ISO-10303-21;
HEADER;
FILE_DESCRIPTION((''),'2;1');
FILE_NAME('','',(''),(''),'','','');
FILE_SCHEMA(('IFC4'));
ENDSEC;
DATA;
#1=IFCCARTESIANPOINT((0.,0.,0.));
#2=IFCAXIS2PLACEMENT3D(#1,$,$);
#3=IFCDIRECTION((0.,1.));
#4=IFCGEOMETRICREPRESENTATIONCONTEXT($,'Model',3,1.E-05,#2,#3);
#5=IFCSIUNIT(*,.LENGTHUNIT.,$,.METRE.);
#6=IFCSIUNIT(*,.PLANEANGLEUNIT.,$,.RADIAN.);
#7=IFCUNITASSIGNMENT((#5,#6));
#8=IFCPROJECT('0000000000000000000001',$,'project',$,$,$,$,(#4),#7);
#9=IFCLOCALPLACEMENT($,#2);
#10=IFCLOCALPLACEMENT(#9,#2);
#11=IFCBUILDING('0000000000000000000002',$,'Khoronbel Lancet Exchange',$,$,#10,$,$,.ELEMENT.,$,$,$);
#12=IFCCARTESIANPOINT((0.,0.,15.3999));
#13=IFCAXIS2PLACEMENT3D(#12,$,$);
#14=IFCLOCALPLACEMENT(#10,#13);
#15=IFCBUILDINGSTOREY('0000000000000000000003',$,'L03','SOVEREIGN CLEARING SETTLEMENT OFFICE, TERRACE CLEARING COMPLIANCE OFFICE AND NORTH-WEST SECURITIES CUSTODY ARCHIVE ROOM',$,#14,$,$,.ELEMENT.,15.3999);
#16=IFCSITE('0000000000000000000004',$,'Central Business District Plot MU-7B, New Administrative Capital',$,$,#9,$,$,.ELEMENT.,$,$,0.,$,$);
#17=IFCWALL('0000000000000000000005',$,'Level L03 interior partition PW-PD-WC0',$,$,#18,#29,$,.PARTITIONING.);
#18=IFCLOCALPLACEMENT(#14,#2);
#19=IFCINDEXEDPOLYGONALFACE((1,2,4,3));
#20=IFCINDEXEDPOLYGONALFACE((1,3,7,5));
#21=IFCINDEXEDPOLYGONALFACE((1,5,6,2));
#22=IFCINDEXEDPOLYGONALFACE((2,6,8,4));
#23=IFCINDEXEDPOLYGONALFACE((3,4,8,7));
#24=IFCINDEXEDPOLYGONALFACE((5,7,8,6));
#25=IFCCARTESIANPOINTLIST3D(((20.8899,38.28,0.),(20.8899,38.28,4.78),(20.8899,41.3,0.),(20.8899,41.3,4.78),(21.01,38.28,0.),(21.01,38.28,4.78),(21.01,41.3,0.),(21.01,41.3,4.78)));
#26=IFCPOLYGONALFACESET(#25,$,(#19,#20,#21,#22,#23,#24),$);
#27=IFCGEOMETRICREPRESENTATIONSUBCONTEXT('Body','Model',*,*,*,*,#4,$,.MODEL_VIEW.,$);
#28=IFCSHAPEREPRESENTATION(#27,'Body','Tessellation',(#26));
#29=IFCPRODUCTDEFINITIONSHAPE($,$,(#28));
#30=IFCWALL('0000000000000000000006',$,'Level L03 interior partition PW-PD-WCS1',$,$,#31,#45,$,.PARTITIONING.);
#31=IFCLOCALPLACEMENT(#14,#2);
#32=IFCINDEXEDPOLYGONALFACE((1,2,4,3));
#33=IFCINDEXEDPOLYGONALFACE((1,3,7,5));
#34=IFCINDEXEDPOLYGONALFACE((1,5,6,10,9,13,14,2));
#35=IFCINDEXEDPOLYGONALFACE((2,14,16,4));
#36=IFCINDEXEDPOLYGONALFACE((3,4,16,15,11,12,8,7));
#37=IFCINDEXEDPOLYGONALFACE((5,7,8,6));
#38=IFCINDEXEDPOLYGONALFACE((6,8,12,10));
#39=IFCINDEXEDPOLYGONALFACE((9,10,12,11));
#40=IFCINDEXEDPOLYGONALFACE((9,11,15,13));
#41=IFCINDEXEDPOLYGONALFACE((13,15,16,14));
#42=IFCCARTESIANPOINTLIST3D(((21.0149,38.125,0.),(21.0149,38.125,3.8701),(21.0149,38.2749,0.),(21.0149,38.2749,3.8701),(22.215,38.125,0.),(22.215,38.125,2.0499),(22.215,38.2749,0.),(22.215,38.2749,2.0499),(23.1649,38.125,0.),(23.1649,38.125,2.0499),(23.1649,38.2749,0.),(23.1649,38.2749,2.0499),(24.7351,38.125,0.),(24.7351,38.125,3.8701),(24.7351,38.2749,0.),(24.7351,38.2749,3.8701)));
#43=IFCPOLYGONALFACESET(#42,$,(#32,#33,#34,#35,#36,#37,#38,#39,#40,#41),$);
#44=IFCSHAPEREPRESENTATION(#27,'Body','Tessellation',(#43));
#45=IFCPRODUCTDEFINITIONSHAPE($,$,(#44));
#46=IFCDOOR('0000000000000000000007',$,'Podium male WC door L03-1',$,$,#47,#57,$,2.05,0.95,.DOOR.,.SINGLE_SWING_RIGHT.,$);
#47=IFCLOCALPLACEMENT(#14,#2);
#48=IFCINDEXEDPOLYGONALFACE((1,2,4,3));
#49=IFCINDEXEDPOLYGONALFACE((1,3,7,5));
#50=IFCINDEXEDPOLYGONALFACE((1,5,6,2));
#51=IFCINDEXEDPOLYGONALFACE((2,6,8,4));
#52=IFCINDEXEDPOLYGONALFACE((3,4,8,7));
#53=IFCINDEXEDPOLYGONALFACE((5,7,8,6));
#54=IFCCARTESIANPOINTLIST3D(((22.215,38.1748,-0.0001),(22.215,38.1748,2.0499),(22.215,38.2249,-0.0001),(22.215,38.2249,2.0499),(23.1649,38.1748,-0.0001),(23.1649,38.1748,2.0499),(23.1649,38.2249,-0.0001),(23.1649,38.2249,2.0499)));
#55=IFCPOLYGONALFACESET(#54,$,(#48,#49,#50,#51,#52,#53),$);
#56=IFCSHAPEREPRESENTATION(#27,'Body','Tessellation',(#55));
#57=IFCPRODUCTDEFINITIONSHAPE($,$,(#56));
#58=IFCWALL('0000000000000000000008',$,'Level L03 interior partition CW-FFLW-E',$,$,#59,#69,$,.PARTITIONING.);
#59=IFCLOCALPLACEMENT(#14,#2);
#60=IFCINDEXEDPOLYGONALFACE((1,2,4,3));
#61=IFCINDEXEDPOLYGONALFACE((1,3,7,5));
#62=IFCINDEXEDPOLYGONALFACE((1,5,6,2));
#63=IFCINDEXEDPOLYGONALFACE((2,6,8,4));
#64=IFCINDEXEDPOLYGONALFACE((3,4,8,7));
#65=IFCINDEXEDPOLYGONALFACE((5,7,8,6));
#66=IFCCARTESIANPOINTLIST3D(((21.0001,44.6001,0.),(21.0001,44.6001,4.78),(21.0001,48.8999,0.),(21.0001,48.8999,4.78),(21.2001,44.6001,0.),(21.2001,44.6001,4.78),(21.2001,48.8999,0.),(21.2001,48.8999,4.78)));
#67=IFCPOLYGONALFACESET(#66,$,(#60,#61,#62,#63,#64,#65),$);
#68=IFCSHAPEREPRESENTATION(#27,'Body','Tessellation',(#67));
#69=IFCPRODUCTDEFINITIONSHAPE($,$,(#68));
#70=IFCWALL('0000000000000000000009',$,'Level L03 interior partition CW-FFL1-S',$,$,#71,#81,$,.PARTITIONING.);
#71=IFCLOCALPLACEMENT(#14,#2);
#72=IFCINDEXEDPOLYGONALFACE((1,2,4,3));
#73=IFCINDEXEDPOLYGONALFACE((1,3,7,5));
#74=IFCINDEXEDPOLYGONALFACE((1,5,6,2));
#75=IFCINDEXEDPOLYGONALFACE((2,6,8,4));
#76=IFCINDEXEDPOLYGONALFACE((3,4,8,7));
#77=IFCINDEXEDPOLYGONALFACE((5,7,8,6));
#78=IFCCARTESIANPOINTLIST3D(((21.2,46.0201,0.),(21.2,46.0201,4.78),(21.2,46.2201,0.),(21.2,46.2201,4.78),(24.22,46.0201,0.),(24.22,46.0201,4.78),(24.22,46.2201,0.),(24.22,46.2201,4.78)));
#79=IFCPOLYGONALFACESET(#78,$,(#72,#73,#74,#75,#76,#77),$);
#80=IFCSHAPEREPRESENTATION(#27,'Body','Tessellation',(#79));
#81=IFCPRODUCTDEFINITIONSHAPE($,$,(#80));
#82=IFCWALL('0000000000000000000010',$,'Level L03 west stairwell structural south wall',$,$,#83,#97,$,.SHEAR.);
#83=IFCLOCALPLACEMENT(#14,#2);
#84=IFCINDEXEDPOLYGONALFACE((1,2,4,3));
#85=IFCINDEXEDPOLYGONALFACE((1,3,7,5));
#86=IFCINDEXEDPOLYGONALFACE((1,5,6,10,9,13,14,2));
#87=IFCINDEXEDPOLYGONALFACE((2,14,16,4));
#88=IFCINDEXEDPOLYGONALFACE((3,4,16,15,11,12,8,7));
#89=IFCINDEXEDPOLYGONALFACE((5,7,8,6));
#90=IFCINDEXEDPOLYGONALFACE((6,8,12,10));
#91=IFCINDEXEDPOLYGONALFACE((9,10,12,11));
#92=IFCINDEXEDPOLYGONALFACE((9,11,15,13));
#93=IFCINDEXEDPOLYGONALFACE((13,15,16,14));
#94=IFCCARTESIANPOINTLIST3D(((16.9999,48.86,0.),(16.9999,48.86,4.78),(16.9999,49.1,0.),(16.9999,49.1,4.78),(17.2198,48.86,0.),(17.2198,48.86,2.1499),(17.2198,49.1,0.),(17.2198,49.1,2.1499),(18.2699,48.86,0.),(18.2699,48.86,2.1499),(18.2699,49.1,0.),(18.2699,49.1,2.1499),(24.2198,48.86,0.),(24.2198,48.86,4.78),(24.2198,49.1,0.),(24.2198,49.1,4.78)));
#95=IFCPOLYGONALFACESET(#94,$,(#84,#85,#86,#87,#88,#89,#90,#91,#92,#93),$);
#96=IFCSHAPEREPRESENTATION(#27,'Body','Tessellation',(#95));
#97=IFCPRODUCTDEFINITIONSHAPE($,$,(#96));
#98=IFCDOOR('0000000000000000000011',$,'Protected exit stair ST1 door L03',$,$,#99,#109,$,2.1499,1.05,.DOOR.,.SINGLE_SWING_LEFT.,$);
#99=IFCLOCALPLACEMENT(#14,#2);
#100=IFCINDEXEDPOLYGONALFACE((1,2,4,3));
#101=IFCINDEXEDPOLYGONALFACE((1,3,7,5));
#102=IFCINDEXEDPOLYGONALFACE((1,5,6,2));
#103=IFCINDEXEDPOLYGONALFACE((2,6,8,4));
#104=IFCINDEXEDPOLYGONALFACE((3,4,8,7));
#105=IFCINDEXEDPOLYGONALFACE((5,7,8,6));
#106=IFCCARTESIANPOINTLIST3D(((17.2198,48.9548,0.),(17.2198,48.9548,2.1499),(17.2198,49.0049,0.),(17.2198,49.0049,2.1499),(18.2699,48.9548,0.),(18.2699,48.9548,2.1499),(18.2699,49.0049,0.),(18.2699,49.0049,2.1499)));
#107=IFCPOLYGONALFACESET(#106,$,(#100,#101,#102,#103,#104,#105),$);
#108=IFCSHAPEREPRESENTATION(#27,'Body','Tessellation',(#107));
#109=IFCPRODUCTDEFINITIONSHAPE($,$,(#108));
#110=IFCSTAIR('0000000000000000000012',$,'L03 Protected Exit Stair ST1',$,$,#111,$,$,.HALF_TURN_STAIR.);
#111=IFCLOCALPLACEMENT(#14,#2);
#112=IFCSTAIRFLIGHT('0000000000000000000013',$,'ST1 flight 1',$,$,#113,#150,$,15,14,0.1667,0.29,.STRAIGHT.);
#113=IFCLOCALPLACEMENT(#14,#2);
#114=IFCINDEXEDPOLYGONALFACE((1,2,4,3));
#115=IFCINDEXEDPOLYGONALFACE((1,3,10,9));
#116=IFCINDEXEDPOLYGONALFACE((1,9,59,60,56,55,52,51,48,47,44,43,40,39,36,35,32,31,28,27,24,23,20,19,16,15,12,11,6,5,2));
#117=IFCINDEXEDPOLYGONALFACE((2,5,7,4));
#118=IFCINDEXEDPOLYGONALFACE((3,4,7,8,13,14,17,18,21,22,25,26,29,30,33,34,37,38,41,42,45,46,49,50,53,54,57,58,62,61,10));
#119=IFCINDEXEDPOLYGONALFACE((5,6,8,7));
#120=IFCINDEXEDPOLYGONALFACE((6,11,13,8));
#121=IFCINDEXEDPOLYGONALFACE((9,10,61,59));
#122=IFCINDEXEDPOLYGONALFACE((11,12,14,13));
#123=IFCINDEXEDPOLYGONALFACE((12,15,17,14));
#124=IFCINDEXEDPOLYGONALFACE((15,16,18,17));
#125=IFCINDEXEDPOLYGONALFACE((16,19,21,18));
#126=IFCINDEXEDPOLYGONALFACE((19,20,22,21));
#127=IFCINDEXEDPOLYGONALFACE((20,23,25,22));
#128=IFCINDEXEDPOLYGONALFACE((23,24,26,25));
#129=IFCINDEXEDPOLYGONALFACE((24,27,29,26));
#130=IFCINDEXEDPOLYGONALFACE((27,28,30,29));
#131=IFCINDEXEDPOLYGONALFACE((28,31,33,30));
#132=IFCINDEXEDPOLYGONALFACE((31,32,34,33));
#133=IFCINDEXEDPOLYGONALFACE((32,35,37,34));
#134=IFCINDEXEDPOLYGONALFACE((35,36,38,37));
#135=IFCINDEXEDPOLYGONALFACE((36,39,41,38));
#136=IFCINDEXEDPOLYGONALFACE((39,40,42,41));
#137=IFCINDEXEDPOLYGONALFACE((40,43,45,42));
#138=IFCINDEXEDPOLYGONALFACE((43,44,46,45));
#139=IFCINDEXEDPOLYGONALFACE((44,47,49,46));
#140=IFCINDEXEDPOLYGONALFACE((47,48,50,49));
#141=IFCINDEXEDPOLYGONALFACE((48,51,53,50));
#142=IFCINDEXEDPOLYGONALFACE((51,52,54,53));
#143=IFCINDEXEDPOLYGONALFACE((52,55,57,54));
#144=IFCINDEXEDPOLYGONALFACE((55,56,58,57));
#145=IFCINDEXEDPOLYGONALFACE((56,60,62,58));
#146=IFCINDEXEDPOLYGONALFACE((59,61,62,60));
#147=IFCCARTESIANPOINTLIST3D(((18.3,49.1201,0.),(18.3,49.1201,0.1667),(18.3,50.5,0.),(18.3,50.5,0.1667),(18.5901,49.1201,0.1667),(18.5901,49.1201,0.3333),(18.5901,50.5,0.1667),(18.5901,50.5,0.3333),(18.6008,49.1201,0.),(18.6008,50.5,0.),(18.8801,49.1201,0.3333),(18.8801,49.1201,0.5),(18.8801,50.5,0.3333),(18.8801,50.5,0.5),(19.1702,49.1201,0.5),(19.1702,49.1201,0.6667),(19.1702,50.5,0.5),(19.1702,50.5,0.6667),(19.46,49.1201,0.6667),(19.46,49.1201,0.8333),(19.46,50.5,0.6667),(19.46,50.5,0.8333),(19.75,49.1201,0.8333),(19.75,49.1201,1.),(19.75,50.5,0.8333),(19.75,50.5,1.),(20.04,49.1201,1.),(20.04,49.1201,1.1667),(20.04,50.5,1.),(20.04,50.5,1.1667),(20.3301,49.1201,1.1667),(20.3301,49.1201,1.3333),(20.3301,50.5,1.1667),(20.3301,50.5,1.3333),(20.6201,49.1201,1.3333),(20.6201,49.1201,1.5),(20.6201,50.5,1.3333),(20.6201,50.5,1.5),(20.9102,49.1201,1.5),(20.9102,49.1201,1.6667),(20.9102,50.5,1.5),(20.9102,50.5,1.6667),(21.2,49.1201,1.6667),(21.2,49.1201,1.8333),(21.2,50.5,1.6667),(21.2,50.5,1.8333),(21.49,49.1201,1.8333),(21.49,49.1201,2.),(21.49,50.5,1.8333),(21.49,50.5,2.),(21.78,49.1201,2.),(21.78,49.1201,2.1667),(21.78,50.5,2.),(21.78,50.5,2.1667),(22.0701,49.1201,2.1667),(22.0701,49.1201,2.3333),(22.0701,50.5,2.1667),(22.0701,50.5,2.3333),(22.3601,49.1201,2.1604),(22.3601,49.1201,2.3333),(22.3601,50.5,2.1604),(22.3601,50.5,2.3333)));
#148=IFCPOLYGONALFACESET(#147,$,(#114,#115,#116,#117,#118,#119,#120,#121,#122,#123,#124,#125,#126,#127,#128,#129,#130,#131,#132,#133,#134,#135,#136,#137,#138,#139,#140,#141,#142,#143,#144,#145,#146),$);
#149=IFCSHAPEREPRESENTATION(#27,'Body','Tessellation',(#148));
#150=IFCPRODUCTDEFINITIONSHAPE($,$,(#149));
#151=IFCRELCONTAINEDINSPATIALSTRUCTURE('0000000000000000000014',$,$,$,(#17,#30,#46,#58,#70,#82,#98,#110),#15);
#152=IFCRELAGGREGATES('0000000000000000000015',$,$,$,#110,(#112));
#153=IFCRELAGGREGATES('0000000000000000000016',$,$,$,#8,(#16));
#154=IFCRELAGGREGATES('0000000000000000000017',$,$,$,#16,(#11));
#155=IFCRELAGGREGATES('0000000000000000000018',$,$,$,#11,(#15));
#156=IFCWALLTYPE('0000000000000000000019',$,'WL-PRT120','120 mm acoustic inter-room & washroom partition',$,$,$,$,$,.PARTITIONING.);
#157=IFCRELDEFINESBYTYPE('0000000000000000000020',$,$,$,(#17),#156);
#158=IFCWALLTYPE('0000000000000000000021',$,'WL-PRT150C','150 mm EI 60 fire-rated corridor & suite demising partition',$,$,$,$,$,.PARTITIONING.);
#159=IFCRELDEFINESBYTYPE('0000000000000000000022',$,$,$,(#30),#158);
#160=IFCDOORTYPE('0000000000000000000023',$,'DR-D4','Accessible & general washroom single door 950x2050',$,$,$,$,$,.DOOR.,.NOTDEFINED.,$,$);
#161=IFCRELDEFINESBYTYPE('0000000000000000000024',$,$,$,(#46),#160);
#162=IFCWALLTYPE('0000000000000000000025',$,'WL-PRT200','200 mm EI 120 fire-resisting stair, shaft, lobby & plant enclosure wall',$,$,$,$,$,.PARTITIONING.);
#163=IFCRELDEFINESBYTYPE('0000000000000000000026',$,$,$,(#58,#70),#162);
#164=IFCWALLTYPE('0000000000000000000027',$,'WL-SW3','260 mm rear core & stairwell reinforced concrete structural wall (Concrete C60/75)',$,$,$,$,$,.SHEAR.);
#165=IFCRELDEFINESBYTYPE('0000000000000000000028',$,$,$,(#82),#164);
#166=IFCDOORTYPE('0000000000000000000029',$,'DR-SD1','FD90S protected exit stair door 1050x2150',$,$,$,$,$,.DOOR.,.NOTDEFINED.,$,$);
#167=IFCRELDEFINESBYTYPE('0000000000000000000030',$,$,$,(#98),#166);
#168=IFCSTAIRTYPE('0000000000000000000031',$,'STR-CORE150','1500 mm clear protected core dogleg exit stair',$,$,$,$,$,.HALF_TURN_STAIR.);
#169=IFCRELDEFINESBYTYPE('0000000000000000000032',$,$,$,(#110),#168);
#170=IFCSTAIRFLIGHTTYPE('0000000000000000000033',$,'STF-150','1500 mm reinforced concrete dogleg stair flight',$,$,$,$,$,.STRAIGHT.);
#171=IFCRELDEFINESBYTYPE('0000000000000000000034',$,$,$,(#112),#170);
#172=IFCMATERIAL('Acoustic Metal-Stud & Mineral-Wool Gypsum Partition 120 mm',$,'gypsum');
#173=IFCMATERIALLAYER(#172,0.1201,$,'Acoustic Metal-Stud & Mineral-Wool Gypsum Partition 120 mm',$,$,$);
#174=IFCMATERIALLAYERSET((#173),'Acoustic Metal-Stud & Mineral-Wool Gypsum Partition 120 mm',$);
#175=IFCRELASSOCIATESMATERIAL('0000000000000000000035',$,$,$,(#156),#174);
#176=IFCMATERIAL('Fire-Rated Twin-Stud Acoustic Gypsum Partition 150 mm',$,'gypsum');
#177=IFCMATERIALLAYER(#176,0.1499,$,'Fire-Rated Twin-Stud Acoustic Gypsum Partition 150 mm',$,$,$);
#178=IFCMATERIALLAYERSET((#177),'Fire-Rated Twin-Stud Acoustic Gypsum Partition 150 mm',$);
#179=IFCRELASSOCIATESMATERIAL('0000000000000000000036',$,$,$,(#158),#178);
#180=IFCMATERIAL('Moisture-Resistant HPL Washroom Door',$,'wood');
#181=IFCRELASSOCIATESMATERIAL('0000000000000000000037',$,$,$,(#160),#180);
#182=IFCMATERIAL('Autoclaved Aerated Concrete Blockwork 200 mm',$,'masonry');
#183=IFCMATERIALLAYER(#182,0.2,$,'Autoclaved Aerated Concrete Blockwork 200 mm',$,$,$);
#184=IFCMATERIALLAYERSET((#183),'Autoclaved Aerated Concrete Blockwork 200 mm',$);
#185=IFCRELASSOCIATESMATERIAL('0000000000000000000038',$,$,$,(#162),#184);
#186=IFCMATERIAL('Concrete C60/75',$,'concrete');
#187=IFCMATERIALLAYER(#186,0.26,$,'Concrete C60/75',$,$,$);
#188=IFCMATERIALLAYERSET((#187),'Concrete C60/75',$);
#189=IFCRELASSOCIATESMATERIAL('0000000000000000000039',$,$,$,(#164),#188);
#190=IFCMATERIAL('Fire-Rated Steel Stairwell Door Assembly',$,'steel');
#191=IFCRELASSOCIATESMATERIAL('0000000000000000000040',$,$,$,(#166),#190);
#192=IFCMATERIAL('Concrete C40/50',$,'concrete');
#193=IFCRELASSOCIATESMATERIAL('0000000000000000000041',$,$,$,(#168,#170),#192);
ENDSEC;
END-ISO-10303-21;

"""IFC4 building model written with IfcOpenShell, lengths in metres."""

from ifc_helpers import new_model, si_unit, direction, frame, frame_2d, origin, place, context, subcontext, project, spatial, polyline, rectangle, outline, extrude, material, layer, layer_set, type_object, element, fill, aggregate, save


model = new_model("IFC4")

# Units and contexts
model_context = context("Model", 3, precision=1e-05, world=origin(), true_north=direction((0.0, 1.0)))
body_context = subcontext(model_context, "Body", "Model", "MODEL_VIEW")
ifc_project = project(units=[si_unit("LENGTHUNIT", "METRE"), si_unit("PLANEANGLEUNIT", "RADIAN")], contexts=[model_context])

# Site, building, storey
site_placement = place(None, origin())
site = spatial("IfcSite", under=ifc_project, at=site_placement, Name="Central Business District Plot MU-7B, New Administrative Capital", CompositionType="ELEMENT", RefElevation=0.0)
building_placement = place(site_placement, origin())
building = spatial("IfcBuilding", under=site, at=building_placement, Name="Khoronbel Lancet Exchange", CompositionType="ELEMENT")
storey_placement = place(building_placement, frame((0.0, 0.0, 15.3999)))
storey = spatial("IfcBuildingStorey", under=building, at=storey_placement, Name="L03", Description="SOVEREIGN CLEARING SETTLEMENT OFFICE, TERRACE CLEARING COMPLIANCE OFFICE AND NORTH-WEST SECURITIES CUSTODY ARCHIVE ROOM", CompositionType="ELEMENT", Elevation=15.3999)

# Wall
ifc_material_1 = material(Name="Acoustic Metal-Stud & Mineral-Wool Gypsum Partition 120 mm", Category="gypsum")
ifc_layer_1 = layer(ifc_material_1, 0.1201, Name="Acoustic Metal-Stud & Mineral-Wool Gypsum Partition 120 mm")
ifc_layer_set_1 = layer_set([ifc_layer_1], Name="Acoustic Metal-Stud & Mineral-Wool Gypsum Partition 120 mm")
wall_type_1 = type_object("IfcWallType", Name="WL-PRT120", Description="120 mm acoustic inter-room & washroom partition", PredefinedType="PARTITIONING", material=ifc_layer_set_1)
wall_1_placement = place(storey_placement, frame((20.95, 38.28, 0.0), z_axis=(0.0, 0.0, 1.0), x_axis=(0.0, 1.0, 0.0)))
element("IfcWall", 1, at=wall_1_placement, inside=storey, type_object=wall_type_1, Name="Level L03 interior partition PW-PD-WC0", PredefinedType="PARTITIONING", context=body_context, shape_type="SweptSolid", body=[
    extrude(rectangle(XDim=3.02, YDim=0.1201, at=frame_2d((1.51, 0.0))), origin(), (0.0, 0.0, 1.0), 4.78),
])

# Wall, opening, door
ifc_material_2 = material(Name="Fire-Rated Twin-Stud Acoustic Gypsum Partition 150 mm", Category="gypsum")
ifc_layer_2 = layer(ifc_material_2, 0.1499, Name="Fire-Rated Twin-Stud Acoustic Gypsum Partition 150 mm")
ifc_layer_set_2 = layer_set([ifc_layer_2], Name="Fire-Rated Twin-Stud Acoustic Gypsum Partition 150 mm")
wall_type_2 = type_object("IfcWallType", Name="WL-PRT150C", Description="150 mm EI 60 fire-rated corridor & suite demising partition", PredefinedType="PARTITIONING", material=ifc_layer_set_2)
wall_2_placement = place(storey_placement, frame((21.0149, 38.2, 0.0), z_axis=(0.0, 0.0, 1.0), x_axis=(1.0, 0.0, 0.0)))
wall_2 = element("IfcWall", 2, at=wall_2_placement, inside=storey, type_object=wall_type_2, Name="Level L03 interior partition PW-PD-WCS1", PredefinedType="PARTITIONING", context=body_context, shape_type="SweptSolid", body=[
    extrude(rectangle(XDim=3.7202, YDim=0.1499, at=frame_2d((1.8601, 0.0))), origin(), (0.0, 0.0, 1.0), 3.8701),
])
opening_1_placement = place(wall_2_placement, frame((1.2, 0.0, 0.0)))
opening_1 = element("IfcOpeningElement", 3, at=opening_1_placement, cuts=wall_2, PredefinedType="OPENING", context=body_context, shape_type="SweptSolid", body=[
    extrude(rectangle(XDim=0.95, YDim=2.05, at=frame_2d((0.4751, 1.0249))), frame((0.0, 0.085, 0.0), z_axis=(0.0, -1.0, 0.0), x_axis=(1.0, 0.0, 0.0)), (0.0, 0.0, 1.0), 0.1699),
])
ifc_material_3 = material(Name="Moisture-Resistant HPL Washroom Door", Category="wood")
door_type_1 = type_object("IfcDoorType", Name="DR-D4", Description="Accessible & general washroom single door 950x2050", OperationType="NOTDEFINED", PredefinedType="DOOR", material=ifc_material_3)
door_1_placement = place(opening_1_placement, origin())
door_1 = element("IfcDoor", 4, at=door_1_placement, inside=storey, type_object=door_type_1, Name="Podium male WC door L03-1", OperationType="SINGLE_SWING_RIGHT", OverallHeight=2.05, OverallWidth=0.95, PredefinedType="DOOR", context=body_context, shape_type="SweptSolid", body=[
    extrude(rectangle(XDim=0.95, YDim=2.05, at=frame_2d((0.4751, 1.0249))), frame((0.0, 0.0249, 0.0), z_axis=(0.0, -1.0, 0.0), x_axis=(1.0, 0.0, 0.0)), (0.0, 0.0, 1.0), 0.05),
])
fill(opening_1, door_1)

# Wall
ifc_material_4 = material(Name="Autoclaved Aerated Concrete Blockwork 200 mm", Category="masonry")
ifc_layer_3 = layer(ifc_material_4, 0.2, Name="Autoclaved Aerated Concrete Blockwork 200 mm")
ifc_layer_set_3 = layer_set([ifc_layer_3], Name="Autoclaved Aerated Concrete Blockwork 200 mm")
wall_type_3 = type_object("IfcWallType", Name="WL-PRT200", Description="200 mm EI 120 fire-resisting stair, shaft, lobby & plant enclosure wall", PredefinedType="PARTITIONING", material=ifc_layer_set_3)
wall_3_placement = place(storey_placement, frame((21.1001, 44.6001, 0.0), z_axis=(0.0, 0.0, 1.0), x_axis=(0.0, 1.0, 0.0)))
element("IfcWall", 5, at=wall_3_placement, inside=storey, type_object=wall_type_3, Name="Level L03 interior partition CW-FFLW-E", PredefinedType="PARTITIONING", context=body_context, shape_type="SweptSolid", body=[
    extrude(rectangle(XDim=4.2998, YDim=0.2, at=frame_2d((2.1499, 0.0))), origin(), (0.0, 0.0, 1.0), 4.78),
])

# Wall
wall_4_placement = place(storey_placement, frame((21.2, 46.1201, 0.0), z_axis=(0.0, 0.0, 1.0), x_axis=(1.0, 0.0, 0.0)))
element("IfcWall", 6, at=wall_4_placement, inside=storey, type_object=wall_type_3, Name="Level L03 interior partition CW-FFL1-S", PredefinedType="PARTITIONING", context=body_context, shape_type="SweptSolid", body=[
    extrude(rectangle(XDim=3.02, YDim=0.2, at=frame_2d((1.51, 0.0))), origin(), (0.0, 0.0, 1.0), 4.78),
])

# Wall, opening, door
ifc_material_5 = material(Name="Concrete C60/75", Category="concrete")
ifc_layer_4 = layer(ifc_material_5, 0.26, Name="Concrete C60/75")
ifc_layer_set_4 = layer_set([ifc_layer_4], Name="Concrete C60/75")
wall_type_4 = type_object("IfcWallType", Name="WL-SW3", Description="260 mm rear core & stairwell reinforced concrete structural wall (Concrete C60/75)", PredefinedType="SHEAR", material=ifc_layer_set_4)
wall_5_placement = place(storey_placement, frame((17.0, 48.98, 0.0), z_axis=(0.0, 0.0, 1.0), x_axis=(1.0, 0.0, 0.0)))
wall_5 = element("IfcWall", 7, at=wall_5_placement, inside=storey, type_object=wall_type_4, Name="Level L03 west stairwell structural south wall", PredefinedType="SHEAR", context=body_context, shape_type="SweptSolid", body=[
    extrude(rectangle(XDim=7.22, YDim=0.24, at=frame_2d((3.6099, 0.0))), origin(), (0.0, 0.0, 1.0), 4.78),
])
opening_2_placement = place(wall_5_placement, frame((0.22, 0.0, 0.0)))
opening_2 = element("IfcOpeningElement", 8, at=opening_2_placement, cuts=wall_5, PredefinedType="OPENING", context=body_context, shape_type="SweptSolid", body=[
    extrude(rectangle(XDim=1.05, YDim=2.1499, at=frame_2d((0.5249, 1.075))), frame((0.0, 0.1299, 0.0), z_axis=(0.0, -1.0, 0.0), x_axis=(1.0, 0.0, 0.0)), (0.0, 0.0, 1.0), 0.26),
])
ifc_material_6 = material(Name="Fire-Rated Steel Stairwell Door Assembly", Category="steel")
door_type_2 = type_object("IfcDoorType", Name="DR-SD1", Description="FD90S protected exit stair door 1050x2150", OperationType="NOTDEFINED", PredefinedType="DOOR", material=ifc_material_6)
door_2_placement = place(opening_2_placement, origin())
door_2 = element("IfcDoor", 9, at=door_2_placement, inside=storey, type_object=door_type_2, Name="Protected exit stair ST1 door L03", OperationType="SINGLE_SWING_LEFT", OverallHeight=2.1499, OverallWidth=1.05, PredefinedType="DOOR", context=body_context, shape_type="SweptSolid", body=[
    extrude(rectangle(XDim=1.05, YDim=2.1499, at=frame_2d((0.5249, 1.075))), frame((0.0, 0.0249, 0.0), z_axis=(0.0, -1.0, 0.0), x_axis=(1.0, 0.0, 0.0)), (0.0, 0.0, 1.0), 0.05),
])
fill(opening_2, door_2)

# Stair, stair flight
ifc_material_7 = material(Name="Concrete C40/50", Category="concrete")
stair_type = type_object("IfcStairType", Name="STR-CORE150", Description="1500 mm clear protected core dogleg exit stair", PredefinedType="HALF_TURN_STAIR", material=ifc_material_7)
stair_placement = place(storey_placement, origin())
stair = element("IfcStair", 10, at=stair_placement, inside=storey, type_object=stair_type, Name="L03 Protected Exit Stair ST1", PredefinedType="HALF_TURN_STAIR")
stair_flight_type = type_object("IfcStairFlightType", Name="STF-150", Description="1500 mm reinforced concrete dogleg stair flight", PredefinedType="STRAIGHT", material=ifc_material_7)
stair_flight_1_placement = place(storey_placement, frame((18.3, 49.8101, 0.0), z_axis=(0.0, 0.0, 1.0), x_axis=(1.0, 0.0, 0.0)))
stair_flight_1 = element("IfcStairFlight", 11, at=stair_flight_1_placement, type_object=stair_flight_type, Name="ST1 flight 1", NumberOfRisers=15, NumberOfTreads=14, PredefinedType="STRAIGHT", RiserHeight=0.1667, TreadLength=0.29, context=body_context, shape_type="SweptSolid", body=[
    extrude(outline(polyline([(0.0, 0.0), (0.0, 0.1667), (0.29, 0.1667), (0.29, 0.3333), (0.5801, 0.3333), (0.5801, 0.5), (0.8701, 0.5), (0.8701, 0.6667), (1.1599, 0.6667), (1.1599, 0.8333), (1.45, 0.8333), (1.45, 1.0), (1.74, 1.0), (1.74, 1.1667), (2.03, 1.1667), (2.03, 1.3333), (2.3201, 1.3333), (2.3201, 1.5), (2.6101, 1.5), (2.6101, 1.6667), (2.8999, 1.6667), (2.8999, 1.8333), (3.1899, 1.8333), (3.1899, 2.0), (3.48, 2.0), (3.48, 2.1667), (3.77, 2.1667), (3.77, 2.3333), (4.0601, 2.3333), (4.0601, 2.5), (4.0601, 2.1604), (0.3008, 0.0), (0.0, 0.0)])), frame((0.0, 0.6899, 0.0), z_axis=(0.0, -1.0, 0.0), x_axis=(1.0, 0.0, 0.0)), (0.0, 0.0, 1.0), 1.3799),
])
aggregate(stair, [stair_flight_1])

save(model, "model.ifc")
